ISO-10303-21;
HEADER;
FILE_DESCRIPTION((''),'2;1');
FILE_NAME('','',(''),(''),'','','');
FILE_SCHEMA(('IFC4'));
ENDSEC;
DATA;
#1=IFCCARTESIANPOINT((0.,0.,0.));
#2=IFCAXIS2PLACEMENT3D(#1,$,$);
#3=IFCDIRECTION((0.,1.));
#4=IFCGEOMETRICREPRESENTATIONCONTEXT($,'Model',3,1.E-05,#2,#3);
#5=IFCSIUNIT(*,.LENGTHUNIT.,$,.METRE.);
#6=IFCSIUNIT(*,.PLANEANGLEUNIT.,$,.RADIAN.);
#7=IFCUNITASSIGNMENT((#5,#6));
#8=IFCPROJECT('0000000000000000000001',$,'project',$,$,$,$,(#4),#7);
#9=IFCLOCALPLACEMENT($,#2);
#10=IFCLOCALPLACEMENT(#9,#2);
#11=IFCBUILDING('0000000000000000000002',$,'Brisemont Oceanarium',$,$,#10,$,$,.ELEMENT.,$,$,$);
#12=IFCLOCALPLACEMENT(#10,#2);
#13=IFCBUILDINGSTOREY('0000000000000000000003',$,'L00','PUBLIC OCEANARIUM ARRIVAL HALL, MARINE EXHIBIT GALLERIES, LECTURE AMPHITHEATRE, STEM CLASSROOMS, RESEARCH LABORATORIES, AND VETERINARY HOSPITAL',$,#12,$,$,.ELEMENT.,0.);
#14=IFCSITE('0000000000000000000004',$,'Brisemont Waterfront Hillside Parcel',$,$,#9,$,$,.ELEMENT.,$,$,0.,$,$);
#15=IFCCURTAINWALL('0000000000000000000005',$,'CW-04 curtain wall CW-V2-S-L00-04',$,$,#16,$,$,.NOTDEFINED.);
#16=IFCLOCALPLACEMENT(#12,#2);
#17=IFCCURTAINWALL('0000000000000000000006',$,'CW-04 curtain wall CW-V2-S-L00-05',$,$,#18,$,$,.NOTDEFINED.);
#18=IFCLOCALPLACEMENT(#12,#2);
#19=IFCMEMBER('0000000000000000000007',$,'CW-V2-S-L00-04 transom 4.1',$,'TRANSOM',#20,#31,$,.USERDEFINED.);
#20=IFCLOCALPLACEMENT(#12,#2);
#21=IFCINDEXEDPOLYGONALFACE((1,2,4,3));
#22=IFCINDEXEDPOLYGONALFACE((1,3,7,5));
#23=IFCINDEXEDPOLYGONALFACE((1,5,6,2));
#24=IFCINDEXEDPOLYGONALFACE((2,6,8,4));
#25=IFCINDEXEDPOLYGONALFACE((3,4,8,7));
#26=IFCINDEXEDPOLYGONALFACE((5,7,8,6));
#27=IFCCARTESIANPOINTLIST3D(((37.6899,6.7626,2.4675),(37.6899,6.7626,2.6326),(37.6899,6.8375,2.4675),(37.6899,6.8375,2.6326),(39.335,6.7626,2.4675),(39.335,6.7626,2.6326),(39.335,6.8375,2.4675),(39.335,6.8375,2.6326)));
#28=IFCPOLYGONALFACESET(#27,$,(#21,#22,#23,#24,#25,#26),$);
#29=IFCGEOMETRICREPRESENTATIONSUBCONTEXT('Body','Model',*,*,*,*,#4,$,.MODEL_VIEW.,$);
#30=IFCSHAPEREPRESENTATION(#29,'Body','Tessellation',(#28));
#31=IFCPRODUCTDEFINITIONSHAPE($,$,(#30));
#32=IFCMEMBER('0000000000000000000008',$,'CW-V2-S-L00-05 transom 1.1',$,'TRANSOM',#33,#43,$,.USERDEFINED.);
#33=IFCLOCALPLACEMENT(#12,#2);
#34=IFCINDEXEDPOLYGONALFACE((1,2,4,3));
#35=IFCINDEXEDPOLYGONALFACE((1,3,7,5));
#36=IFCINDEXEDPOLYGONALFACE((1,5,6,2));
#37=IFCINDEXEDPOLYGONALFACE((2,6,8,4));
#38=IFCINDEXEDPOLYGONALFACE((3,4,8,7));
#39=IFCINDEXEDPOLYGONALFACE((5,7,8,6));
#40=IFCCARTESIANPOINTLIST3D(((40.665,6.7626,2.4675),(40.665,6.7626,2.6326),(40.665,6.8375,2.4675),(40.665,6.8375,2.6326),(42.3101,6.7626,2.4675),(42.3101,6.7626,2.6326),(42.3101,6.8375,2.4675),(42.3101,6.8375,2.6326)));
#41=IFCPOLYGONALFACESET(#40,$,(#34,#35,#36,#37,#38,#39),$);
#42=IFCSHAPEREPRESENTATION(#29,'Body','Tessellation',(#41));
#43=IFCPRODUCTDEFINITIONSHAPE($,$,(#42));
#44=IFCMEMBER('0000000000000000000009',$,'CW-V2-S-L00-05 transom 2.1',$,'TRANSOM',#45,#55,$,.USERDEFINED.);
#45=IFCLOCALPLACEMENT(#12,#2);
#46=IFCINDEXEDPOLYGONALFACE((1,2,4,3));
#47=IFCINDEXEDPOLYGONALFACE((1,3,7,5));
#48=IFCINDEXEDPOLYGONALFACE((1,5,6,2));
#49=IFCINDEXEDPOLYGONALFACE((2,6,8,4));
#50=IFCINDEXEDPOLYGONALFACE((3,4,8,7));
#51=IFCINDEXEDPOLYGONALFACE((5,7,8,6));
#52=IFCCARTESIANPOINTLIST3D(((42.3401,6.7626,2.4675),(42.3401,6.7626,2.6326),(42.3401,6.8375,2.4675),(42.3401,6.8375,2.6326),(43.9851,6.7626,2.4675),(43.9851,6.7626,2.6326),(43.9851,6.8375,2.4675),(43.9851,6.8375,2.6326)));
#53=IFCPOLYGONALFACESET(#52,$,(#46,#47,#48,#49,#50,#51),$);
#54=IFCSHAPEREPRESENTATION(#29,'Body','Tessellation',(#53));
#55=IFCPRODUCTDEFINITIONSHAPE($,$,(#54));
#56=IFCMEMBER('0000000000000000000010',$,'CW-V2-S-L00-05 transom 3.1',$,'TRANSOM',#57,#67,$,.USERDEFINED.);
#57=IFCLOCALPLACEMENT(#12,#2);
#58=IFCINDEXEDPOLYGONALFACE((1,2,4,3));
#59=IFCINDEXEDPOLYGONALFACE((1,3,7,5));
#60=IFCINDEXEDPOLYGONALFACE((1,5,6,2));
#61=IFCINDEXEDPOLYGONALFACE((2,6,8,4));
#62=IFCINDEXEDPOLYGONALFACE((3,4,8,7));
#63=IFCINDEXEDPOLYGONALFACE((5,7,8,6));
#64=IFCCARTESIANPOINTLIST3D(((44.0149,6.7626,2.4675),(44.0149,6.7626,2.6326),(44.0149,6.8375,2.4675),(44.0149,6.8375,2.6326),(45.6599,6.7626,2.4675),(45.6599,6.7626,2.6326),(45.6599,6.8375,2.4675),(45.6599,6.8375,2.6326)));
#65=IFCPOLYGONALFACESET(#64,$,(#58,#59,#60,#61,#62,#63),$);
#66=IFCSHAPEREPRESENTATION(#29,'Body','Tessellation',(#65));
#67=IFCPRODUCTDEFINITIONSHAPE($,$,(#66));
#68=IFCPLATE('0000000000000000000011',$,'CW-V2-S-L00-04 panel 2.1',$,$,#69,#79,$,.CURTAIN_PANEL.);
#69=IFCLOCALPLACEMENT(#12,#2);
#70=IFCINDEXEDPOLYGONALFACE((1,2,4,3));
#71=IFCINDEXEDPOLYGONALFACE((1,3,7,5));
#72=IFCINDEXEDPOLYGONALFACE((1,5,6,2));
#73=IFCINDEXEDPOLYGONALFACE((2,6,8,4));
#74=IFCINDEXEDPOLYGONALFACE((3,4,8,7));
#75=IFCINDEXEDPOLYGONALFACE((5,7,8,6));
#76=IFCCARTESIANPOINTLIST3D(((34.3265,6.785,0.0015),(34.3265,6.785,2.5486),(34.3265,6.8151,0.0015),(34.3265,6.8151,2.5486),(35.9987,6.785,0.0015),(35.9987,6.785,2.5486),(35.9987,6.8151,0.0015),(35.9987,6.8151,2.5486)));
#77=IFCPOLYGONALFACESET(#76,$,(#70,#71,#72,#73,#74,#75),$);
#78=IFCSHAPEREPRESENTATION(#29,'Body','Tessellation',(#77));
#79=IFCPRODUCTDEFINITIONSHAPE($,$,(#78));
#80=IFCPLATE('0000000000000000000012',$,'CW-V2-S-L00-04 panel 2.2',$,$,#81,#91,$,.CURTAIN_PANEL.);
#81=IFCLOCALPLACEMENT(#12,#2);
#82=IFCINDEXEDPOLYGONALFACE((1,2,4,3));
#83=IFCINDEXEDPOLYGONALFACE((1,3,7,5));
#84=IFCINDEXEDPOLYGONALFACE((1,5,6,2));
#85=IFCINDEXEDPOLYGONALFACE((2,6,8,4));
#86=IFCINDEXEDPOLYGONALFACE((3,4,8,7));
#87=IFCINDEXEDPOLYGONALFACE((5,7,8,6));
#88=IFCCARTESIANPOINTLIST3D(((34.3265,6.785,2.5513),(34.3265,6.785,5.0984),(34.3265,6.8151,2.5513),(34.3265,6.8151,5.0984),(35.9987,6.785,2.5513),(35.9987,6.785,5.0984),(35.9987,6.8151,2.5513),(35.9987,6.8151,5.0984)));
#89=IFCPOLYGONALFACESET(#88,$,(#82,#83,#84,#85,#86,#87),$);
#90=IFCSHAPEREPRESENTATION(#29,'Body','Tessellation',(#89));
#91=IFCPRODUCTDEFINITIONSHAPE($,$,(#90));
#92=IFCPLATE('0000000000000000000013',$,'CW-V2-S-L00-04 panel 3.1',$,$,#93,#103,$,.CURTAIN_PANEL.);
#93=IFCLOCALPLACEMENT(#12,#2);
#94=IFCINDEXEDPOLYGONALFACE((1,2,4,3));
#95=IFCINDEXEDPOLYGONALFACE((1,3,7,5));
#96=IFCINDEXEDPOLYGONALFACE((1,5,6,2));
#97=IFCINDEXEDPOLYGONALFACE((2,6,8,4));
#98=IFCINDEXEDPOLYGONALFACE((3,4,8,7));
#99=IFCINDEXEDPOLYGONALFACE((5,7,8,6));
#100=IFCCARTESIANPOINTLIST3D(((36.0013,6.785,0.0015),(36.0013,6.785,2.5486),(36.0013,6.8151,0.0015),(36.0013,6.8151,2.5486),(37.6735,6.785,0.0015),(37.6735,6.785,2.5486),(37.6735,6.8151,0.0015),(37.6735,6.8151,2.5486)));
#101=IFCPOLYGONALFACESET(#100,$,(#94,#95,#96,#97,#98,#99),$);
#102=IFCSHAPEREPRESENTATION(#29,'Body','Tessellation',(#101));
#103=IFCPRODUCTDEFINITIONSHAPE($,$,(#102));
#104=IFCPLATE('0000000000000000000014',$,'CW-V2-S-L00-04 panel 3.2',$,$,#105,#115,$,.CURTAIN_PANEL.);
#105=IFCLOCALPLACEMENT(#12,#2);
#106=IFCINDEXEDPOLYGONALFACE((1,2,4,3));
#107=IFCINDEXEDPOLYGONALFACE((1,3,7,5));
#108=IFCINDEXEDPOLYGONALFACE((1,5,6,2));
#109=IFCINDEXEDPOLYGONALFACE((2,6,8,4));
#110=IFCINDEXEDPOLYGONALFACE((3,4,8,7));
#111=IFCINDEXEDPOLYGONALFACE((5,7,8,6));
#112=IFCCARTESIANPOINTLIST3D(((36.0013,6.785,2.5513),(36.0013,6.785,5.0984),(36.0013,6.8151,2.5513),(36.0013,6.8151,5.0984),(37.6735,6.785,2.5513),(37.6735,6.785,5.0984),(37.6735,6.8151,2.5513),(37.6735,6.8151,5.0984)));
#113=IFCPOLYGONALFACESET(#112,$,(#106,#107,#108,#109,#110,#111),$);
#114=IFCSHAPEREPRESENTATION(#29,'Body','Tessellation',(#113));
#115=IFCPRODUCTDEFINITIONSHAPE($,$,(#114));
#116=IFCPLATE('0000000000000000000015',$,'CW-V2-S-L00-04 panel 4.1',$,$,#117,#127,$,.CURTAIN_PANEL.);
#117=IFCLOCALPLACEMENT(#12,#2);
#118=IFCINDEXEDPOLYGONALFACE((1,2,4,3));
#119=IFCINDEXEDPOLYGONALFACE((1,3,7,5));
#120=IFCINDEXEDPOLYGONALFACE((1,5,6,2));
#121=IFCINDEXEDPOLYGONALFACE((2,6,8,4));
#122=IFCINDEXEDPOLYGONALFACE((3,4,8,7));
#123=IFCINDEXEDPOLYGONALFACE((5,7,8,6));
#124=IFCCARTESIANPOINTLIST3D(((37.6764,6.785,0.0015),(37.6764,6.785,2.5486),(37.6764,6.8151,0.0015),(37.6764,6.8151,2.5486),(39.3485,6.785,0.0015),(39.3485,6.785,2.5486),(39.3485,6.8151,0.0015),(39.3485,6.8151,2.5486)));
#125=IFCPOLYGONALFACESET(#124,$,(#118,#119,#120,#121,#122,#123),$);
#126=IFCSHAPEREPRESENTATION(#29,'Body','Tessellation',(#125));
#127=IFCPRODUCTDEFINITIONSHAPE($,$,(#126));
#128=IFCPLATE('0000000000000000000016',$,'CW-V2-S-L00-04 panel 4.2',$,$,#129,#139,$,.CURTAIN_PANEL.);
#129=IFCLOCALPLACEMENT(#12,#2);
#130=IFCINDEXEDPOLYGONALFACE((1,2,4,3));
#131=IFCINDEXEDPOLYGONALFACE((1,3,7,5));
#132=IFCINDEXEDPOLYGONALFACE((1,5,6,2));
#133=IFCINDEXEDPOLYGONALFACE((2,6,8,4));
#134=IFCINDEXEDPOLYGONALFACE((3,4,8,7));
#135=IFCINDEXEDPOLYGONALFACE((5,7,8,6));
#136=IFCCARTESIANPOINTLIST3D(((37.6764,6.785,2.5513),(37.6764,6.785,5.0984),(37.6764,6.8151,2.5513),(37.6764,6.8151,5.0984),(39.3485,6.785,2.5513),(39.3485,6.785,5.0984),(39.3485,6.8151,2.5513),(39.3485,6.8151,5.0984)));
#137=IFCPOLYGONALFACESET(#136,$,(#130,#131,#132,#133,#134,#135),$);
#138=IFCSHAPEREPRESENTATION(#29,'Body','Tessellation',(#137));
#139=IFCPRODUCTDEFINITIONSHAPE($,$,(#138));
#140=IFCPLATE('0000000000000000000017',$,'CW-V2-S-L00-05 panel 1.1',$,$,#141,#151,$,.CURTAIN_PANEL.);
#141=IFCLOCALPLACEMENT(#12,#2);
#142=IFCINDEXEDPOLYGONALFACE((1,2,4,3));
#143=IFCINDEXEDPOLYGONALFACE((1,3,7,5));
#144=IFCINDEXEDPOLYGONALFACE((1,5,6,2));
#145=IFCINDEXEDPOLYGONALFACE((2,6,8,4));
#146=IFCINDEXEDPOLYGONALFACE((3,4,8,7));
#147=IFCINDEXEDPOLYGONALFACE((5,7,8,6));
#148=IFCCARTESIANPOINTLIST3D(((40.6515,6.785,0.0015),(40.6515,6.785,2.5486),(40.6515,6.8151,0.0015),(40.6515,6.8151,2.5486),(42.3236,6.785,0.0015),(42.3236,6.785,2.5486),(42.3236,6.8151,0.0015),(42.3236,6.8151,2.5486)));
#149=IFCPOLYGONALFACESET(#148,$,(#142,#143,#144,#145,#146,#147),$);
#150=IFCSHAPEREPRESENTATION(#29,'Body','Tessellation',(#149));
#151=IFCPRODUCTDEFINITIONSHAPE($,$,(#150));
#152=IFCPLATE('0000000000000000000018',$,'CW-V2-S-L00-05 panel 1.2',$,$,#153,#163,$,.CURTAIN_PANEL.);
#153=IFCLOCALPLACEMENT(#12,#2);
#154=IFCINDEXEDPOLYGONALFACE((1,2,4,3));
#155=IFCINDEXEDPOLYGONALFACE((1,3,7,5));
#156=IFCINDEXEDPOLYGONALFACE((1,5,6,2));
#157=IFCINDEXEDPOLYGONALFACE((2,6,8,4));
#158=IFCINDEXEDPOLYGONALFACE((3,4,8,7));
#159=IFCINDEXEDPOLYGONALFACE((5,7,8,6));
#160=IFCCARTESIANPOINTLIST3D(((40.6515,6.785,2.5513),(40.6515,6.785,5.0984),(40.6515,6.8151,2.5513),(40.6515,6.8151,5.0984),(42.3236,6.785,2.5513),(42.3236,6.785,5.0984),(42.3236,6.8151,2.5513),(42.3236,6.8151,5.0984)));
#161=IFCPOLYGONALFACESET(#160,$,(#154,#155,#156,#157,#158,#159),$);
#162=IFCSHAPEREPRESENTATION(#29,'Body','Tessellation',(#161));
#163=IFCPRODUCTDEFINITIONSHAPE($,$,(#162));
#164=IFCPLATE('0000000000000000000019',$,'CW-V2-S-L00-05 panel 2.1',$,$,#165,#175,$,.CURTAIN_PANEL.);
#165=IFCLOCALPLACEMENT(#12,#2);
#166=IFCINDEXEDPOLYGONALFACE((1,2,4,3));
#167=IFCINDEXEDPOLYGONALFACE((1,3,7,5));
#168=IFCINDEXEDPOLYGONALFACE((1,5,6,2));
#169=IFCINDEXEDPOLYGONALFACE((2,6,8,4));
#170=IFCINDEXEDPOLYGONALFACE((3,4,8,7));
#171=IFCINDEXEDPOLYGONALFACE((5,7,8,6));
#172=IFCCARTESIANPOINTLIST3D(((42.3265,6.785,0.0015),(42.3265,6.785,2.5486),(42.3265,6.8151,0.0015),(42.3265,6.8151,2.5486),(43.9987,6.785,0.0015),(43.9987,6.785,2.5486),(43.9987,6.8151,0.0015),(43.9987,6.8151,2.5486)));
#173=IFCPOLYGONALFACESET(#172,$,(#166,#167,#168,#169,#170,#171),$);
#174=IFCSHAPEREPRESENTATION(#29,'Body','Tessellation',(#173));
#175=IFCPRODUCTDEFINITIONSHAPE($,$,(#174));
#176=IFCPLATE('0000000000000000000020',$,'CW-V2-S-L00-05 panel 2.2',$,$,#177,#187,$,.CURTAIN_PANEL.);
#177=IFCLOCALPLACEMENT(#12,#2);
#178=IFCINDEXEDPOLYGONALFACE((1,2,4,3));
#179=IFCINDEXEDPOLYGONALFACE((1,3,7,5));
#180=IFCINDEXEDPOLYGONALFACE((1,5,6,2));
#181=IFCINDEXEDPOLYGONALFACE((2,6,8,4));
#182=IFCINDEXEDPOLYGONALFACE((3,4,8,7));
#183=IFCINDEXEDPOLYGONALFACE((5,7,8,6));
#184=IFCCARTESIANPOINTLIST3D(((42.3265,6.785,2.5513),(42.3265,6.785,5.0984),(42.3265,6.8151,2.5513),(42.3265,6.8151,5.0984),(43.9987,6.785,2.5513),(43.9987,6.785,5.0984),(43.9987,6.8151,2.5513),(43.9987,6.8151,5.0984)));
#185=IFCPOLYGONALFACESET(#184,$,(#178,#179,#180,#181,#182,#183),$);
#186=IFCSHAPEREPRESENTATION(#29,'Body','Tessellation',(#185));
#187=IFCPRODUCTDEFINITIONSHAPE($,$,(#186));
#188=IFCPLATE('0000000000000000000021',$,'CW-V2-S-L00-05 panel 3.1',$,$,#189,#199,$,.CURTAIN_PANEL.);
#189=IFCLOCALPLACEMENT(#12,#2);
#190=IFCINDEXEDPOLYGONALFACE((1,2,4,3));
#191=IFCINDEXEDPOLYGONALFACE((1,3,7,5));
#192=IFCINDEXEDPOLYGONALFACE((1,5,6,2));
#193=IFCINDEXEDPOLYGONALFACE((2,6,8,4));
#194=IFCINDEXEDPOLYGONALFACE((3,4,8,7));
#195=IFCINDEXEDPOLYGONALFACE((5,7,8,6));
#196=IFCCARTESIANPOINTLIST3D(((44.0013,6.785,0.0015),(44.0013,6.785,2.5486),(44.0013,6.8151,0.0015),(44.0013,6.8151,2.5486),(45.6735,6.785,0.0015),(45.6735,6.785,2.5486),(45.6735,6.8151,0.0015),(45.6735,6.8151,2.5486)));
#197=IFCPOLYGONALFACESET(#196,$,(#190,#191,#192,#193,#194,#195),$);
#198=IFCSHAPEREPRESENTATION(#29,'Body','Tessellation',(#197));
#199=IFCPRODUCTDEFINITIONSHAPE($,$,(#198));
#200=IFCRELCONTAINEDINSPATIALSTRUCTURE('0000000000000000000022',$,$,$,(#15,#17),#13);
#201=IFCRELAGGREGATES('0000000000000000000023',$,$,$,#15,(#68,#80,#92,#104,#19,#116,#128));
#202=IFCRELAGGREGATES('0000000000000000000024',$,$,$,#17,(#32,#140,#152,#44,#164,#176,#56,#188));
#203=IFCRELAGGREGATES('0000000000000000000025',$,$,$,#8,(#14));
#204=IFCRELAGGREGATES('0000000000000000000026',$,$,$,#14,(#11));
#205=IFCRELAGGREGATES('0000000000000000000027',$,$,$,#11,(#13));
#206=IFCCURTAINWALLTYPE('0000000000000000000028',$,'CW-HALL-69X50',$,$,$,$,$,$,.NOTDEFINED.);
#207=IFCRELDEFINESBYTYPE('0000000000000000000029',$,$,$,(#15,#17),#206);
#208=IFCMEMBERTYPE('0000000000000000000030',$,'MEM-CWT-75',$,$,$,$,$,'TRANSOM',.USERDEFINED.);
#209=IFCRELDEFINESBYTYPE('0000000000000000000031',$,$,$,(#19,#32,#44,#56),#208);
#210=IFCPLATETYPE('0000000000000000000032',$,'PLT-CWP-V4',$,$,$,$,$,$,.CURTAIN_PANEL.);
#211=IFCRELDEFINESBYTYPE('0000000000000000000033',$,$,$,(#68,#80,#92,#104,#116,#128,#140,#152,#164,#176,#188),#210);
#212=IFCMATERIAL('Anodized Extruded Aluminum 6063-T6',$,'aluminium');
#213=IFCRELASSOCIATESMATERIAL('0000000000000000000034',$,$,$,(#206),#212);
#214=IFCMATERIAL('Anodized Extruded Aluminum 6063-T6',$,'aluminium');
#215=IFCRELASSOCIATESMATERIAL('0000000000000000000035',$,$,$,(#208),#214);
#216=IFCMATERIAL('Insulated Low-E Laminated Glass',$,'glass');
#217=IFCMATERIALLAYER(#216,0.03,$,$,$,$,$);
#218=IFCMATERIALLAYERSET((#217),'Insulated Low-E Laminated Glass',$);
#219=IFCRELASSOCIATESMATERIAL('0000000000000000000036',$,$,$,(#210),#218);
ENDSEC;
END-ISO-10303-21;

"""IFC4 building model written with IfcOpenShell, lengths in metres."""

from ifc_helpers import new_model, si_unit, direction, frame, origin, origin_2d, place, context, subcontext, project, spatial, rectangle, extrude, material, layer, layer_set, material_profile, profile_set, type_object, element, aggregate, save


model = new_model("IFC4")

# Units and contexts
model_context = context("Model", 3, precision=1e-05, world=origin(), true_north=direction((0.0, 1.0)))
body_context = subcontext(model_context, "Body", "Model", "MODEL_VIEW")
ifc_project = project(units=[si_unit("LENGTHUNIT", "METRE"), si_unit("PLANEANGLEUNIT", "RADIAN")], contexts=[model_context])

# Site, building, storey
site_placement = place(None, origin())
site = spatial("IfcSite", under=ifc_project, at=site_placement, Name="Brisemont Waterfront Hillside Parcel", CompositionType="ELEMENT", RefElevation=0.0)
building_placement = place(site_placement, origin())
building = spatial("IfcBuilding", under=site, at=building_placement, Name="Brisemont Oceanarium", CompositionType="ELEMENT")
storey_placement = place(building_placement, origin())
storey = spatial("IfcBuildingStorey", under=building, at=storey_placement, Name="L00", Description="PUBLIC OCEANARIUM ARRIVAL HALL, MARINE EXHIBIT GALLERIES, LECTURE AMPHITHEATRE, STEM CLASSROOMS, RESEARCH LABORATORIES, AND VETERINARY HOSPITAL", CompositionType="ELEMENT", Elevation=0.0)

# Curtain walls
ifc_material_1 = material(Name="Anodized Extruded Aluminum 6063-T6", Category="aluminium")
curtain_wall_type = type_object("IfcCurtainWallType", Name="CW-HALL-69X50", PredefinedType="NOTDEFINED", material=ifc_material_1)
curtain_wall_1_placement = place(storey_placement, origin())
curtain_wall_1 = element("IfcCurtainWall", 1, at=curtain_wall_1_placement, inside=storey, type_object=curtain_wall_type, Name="CW-04 curtain wall CW-V2-S-L00-04", PredefinedType="NOTDEFINED")
curtain_wall_2_placement = place(storey_placement, origin())
curtain_wall_2 = element("IfcCurtainWall", 2, at=curtain_wall_2_placement, inside=storey, type_object=curtain_wall_type, Name="CW-04 curtain wall CW-V2-S-L00-05", PredefinedType="NOTDEFINED")

# Members
ifc_material_2 = material(Name="Anodized Extruded Aluminum 6063-T6", Category="aluminium")
ifc_material_profile_1 = material_profile(ifc_material_2, rectangle(XDim=0.075, YDim=0.165, at=origin_2d()), Name="CWT-75X165")
ifc_profile_set_1 = profile_set([ifc_material_profile_1], Name="Anodized Extruded Aluminum 6063-T6")
member_type_1 = type_object("IfcMemberType", Name="MEM-CWT-75", ElementType="TRANSOM", PredefinedType="USERDEFINED", material=ifc_profile_set_1)
member_1_placement = place(storey_placement, frame((37.6899, 6.8, 2.55), z_axis=(1.0, 0.0, 0.0), x_axis=(0.0, 1.0, 0.0)))
member_1 = element("IfcMember", 3, at=member_1_placement, type_object=member_type_1, Name="CW-V2-S-L00-04 transom 4.1", ObjectType="TRANSOM", PredefinedType="USERDEFINED", context=body_context, shape_type="SweptSolid", body=[
    extrude(rectangle(XDim=0.075, YDim=0.165, at=origin_2d()), origin(), (0.0, 0.0, 1.0), 1.645),
])
member_2_placement = place(storey_placement, frame((40.665, 6.8, 2.55), z_axis=(1.0, 0.0, 0.0), x_axis=(0.0, 1.0, 0.0)))
member_2 = element("IfcMember", 4, at=member_2_placement, type_object=member_type_1, Name="CW-V2-S-L00-05 transom 1.1", ObjectType="TRANSOM", PredefinedType="USERDEFINED", context=body_context, shape_type="SweptSolid", body=[
    extrude(rectangle(XDim=0.075, YDim=0.165, at=origin_2d()), origin(), (0.0, 0.0, 1.0), 1.645),
])
member_3_placement = place(storey_placement, frame((42.3401, 6.8, 2.55), z_axis=(1.0, 0.0, 0.0), x_axis=(0.0, 1.0, 0.0)))
member_3 = element("IfcMember", 5, at=member_3_placement, type_object=member_type_1, Name="CW-V2-S-L00-05 transom 2.1", ObjectType="TRANSOM", PredefinedType="USERDEFINED", context=body_context, shape_type="SweptSolid", body=[
    extrude(rectangle(XDim=0.075, YDim=0.165, at=origin_2d()), origin(), (0.0, 0.0, 1.0), 1.645),
])
member_4_placement = place(storey_placement, frame((44.0149, 6.8, 2.55), z_axis=(1.0, 0.0, 0.0), x_axis=(0.0, 1.0, 0.0)))
member_4 = element("IfcMember", 6, at=member_4_placement, type_object=member_type_1, Name="CW-V2-S-L00-05 transom 3.1", ObjectType="TRANSOM", PredefinedType="USERDEFINED", context=body_context, shape_type="SweptSolid", body=[
    extrude(rectangle(XDim=0.075, YDim=0.165, at=origin_2d()), origin(), (0.0, 0.0, 1.0), 1.645),
])

# Plates
ifc_material_3 = material(Name="Insulated Low-E Laminated Glass", Category="glass")
ifc_layer_1 = layer(ifc_material_3, 0.03)
ifc_layer_set_1 = layer_set([ifc_layer_1], Name="Insulated Low-E Laminated Glass")
plate_type = type_object("IfcPlateType", Name="PLT-CWP-V4", PredefinedType="CURTAIN_PANEL", material=ifc_layer_set_1)
plate_1_placement = place(storey_placement, frame((35.1626, 6.8, 0.0015), z_axis=(0.0, 0.0, 1.0), x_axis=(1.0, 0.0, 0.0)))
plate_1 = element("IfcPlate", 7, at=plate_1_placement, type_object=plate_type, Name="CW-V2-S-L00-04 panel 2.1", PredefinedType="CURTAIN_PANEL", context=body_context, shape_type="SweptSolid", body=[
    extrude(rectangle(XDim=1.6721, YDim=0.03, at=origin_2d()), origin(), (0.0, 0.0, 1.0), 2.5471),
])
plate_2_placement = place(storey_placement, frame((35.1626, 6.8, 2.5513), z_axis=(0.0, 0.0, 1.0), x_axis=(1.0, 0.0, 0.0)))
plate_2 = element("IfcPlate", 8, at=plate_2_placement, type_object=plate_type, Name="CW-V2-S-L00-04 panel 2.2", PredefinedType="CURTAIN_PANEL", context=body_context, shape_type="SweptSolid", body=[
    extrude(rectangle(XDim=1.6721, YDim=0.03, at=origin_2d()), origin(), (0.0, 0.0, 1.0), 2.5471),
])
plate_3_placement = place(storey_placement, frame((36.8374, 6.8, 0.0015), z_axis=(0.0, 0.0, 1.0), x_axis=(1.0, 0.0, 0.0)))
plate_3 = element("IfcPlate", 9, at=plate_3_placement, type_object=plate_type, Name="CW-V2-S-L00-04 panel 3.1", PredefinedType="CURTAIN_PANEL", context=body_context, shape_type="SweptSolid", body=[
    extrude(rectangle(XDim=1.6721, YDim=0.03, at=origin_2d()), origin(), (0.0, 0.0, 1.0), 2.5471),
])
plate_4_placement = place(storey_placement, frame((36.8374, 6.8, 2.5513), z_axis=(0.0, 0.0, 1.0), x_axis=(1.0, 0.0, 0.0)))
plate_4 = element("IfcPlate", 10, at=plate_4_placement, type_object=plate_type, Name="CW-V2-S-L00-04 panel 3.2", PredefinedType="CURTAIN_PANEL", context=body_context, shape_type="SweptSolid", body=[
    extrude(rectangle(XDim=1.6721, YDim=0.03, at=origin_2d()), origin(), (0.0, 0.0, 1.0), 2.5471),
])
plate_5_placement = place(storey_placement, frame((38.5125, 6.8, 0.0015), z_axis=(0.0, 0.0, 1.0), x_axis=(1.0, 0.0, 0.0)))
plate_5 = element("IfcPlate", 11, at=plate_5_placement, type_object=plate_type, Name="CW-V2-S-L00-04 panel 4.1", PredefinedType="CURTAIN_PANEL", context=body_context, shape_type="SweptSolid", body=[
    extrude(rectangle(XDim=1.6721, YDim=0.03, at=origin_2d()), origin(), (0.0, 0.0, 1.0), 2.5471),
])
plate_6_placement = place(storey_placement, frame((38.5125, 6.8, 2.5513), z_axis=(0.0, 0.0, 1.0), x_axis=(1.0, 0.0, 0.0)))
plate_6 = element("IfcPlate", 12, at=plate_6_placement, type_object=plate_type, Name="CW-V2-S-L00-04 panel 4.2", PredefinedType="CURTAIN_PANEL", context=body_context, shape_type="SweptSolid", body=[
    extrude(rectangle(XDim=1.6721, YDim=0.03, at=origin_2d()), origin(), (0.0, 0.0, 1.0), 2.5471),
])
aggregate(curtain_wall_1, [plate_1, plate_2, plate_3, plate_4, member_1, plate_5, plate_6])
plate_7_placement = place(storey_placement, frame((41.4875, 6.8, 0.0015), z_axis=(0.0, 0.0, 1.0), x_axis=(1.0, 0.0, 0.0)))
plate_7 = element("IfcPlate", 13, at=plate_7_placement, type_object=plate_type, Name="CW-V2-S-L00-05 panel 1.1", PredefinedType="CURTAIN_PANEL", context=body_context, shape_type="SweptSolid", body=[
    extrude(rectangle(XDim=1.6721, YDim=0.03, at=origin_2d()), origin(), (0.0, 0.0, 1.0), 2.5471),
])
plate_8_placement = place(storey_placement, frame((41.4875, 6.8, 2.5513), z_axis=(0.0, 0.0, 1.0), x_axis=(1.0, 0.0, 0.0)))
plate_8 = element("IfcPlate", 14, at=plate_8_placement, type_object=plate_type, Name="CW-V2-S-L00-05 panel 1.2", PredefinedType="CURTAIN_PANEL", context=body_context, shape_type="SweptSolid", body=[
    extrude(rectangle(XDim=1.6721, YDim=0.03, at=origin_2d()), origin(), (0.0, 0.0, 1.0), 2.5471),
])
plate_9_placement = place(storey_placement, frame((43.1626, 6.8, 0.0015), z_axis=(0.0, 0.0, 1.0), x_axis=(1.0, 0.0, 0.0)))
plate_9 = element("IfcPlate", 15, at=plate_9_placement, type_object=plate_type, Name="CW-V2-S-L00-05 panel 2.1", PredefinedType="CURTAIN_PANEL", context=body_context, shape_type="SweptSolid", body=[
    extrude(rectangle(XDim=1.6721, YDim=0.03, at=origin_2d()), origin(), (0.0, 0.0, 1.0), 2.5471),
])
plate_10_placement = place(storey_placement, frame((43.1626, 6.8, 2.5513), z_axis=(0.0, 0.0, 1.0), x_axis=(1.0, 0.0, 0.0)))
plate_10 = element("IfcPlate", 16, at=plate_10_placement, type_object=plate_type, Name="CW-V2-S-L00-05 panel 2.2", PredefinedType="CURTAIN_PANEL", context=body_context, shape_type="SweptSolid", body=[
    extrude(rectangle(XDim=1.6721, YDim=0.03, at=origin_2d()), origin(), (0.0, 0.0, 1.0), 2.5471),
])
plate_11_placement = place(storey_placement, frame((44.8374, 6.8, 0.0015), z_axis=(0.0, 0.0, 1.0), x_axis=(1.0, 0.0, 0.0)))
plate_11 = element("IfcPlate", 17, at=plate_11_placement, type_object=plate_type, Name="CW-V2-S-L00-05 panel 3.1", PredefinedType="CURTAIN_PANEL", context=body_context, shape_type="SweptSolid", body=[
    extrude(rectangle(XDim=1.6721, YDim=0.03, at=origin_2d()), origin(), (0.0, 0.0, 1.0), 2.5471),
])
aggregate(curtain_wall_2, [member_2, plate_7, plate_8, member_3, plate_9, plate_10, member_4, plate_11])

save(model, "model.ifc")
